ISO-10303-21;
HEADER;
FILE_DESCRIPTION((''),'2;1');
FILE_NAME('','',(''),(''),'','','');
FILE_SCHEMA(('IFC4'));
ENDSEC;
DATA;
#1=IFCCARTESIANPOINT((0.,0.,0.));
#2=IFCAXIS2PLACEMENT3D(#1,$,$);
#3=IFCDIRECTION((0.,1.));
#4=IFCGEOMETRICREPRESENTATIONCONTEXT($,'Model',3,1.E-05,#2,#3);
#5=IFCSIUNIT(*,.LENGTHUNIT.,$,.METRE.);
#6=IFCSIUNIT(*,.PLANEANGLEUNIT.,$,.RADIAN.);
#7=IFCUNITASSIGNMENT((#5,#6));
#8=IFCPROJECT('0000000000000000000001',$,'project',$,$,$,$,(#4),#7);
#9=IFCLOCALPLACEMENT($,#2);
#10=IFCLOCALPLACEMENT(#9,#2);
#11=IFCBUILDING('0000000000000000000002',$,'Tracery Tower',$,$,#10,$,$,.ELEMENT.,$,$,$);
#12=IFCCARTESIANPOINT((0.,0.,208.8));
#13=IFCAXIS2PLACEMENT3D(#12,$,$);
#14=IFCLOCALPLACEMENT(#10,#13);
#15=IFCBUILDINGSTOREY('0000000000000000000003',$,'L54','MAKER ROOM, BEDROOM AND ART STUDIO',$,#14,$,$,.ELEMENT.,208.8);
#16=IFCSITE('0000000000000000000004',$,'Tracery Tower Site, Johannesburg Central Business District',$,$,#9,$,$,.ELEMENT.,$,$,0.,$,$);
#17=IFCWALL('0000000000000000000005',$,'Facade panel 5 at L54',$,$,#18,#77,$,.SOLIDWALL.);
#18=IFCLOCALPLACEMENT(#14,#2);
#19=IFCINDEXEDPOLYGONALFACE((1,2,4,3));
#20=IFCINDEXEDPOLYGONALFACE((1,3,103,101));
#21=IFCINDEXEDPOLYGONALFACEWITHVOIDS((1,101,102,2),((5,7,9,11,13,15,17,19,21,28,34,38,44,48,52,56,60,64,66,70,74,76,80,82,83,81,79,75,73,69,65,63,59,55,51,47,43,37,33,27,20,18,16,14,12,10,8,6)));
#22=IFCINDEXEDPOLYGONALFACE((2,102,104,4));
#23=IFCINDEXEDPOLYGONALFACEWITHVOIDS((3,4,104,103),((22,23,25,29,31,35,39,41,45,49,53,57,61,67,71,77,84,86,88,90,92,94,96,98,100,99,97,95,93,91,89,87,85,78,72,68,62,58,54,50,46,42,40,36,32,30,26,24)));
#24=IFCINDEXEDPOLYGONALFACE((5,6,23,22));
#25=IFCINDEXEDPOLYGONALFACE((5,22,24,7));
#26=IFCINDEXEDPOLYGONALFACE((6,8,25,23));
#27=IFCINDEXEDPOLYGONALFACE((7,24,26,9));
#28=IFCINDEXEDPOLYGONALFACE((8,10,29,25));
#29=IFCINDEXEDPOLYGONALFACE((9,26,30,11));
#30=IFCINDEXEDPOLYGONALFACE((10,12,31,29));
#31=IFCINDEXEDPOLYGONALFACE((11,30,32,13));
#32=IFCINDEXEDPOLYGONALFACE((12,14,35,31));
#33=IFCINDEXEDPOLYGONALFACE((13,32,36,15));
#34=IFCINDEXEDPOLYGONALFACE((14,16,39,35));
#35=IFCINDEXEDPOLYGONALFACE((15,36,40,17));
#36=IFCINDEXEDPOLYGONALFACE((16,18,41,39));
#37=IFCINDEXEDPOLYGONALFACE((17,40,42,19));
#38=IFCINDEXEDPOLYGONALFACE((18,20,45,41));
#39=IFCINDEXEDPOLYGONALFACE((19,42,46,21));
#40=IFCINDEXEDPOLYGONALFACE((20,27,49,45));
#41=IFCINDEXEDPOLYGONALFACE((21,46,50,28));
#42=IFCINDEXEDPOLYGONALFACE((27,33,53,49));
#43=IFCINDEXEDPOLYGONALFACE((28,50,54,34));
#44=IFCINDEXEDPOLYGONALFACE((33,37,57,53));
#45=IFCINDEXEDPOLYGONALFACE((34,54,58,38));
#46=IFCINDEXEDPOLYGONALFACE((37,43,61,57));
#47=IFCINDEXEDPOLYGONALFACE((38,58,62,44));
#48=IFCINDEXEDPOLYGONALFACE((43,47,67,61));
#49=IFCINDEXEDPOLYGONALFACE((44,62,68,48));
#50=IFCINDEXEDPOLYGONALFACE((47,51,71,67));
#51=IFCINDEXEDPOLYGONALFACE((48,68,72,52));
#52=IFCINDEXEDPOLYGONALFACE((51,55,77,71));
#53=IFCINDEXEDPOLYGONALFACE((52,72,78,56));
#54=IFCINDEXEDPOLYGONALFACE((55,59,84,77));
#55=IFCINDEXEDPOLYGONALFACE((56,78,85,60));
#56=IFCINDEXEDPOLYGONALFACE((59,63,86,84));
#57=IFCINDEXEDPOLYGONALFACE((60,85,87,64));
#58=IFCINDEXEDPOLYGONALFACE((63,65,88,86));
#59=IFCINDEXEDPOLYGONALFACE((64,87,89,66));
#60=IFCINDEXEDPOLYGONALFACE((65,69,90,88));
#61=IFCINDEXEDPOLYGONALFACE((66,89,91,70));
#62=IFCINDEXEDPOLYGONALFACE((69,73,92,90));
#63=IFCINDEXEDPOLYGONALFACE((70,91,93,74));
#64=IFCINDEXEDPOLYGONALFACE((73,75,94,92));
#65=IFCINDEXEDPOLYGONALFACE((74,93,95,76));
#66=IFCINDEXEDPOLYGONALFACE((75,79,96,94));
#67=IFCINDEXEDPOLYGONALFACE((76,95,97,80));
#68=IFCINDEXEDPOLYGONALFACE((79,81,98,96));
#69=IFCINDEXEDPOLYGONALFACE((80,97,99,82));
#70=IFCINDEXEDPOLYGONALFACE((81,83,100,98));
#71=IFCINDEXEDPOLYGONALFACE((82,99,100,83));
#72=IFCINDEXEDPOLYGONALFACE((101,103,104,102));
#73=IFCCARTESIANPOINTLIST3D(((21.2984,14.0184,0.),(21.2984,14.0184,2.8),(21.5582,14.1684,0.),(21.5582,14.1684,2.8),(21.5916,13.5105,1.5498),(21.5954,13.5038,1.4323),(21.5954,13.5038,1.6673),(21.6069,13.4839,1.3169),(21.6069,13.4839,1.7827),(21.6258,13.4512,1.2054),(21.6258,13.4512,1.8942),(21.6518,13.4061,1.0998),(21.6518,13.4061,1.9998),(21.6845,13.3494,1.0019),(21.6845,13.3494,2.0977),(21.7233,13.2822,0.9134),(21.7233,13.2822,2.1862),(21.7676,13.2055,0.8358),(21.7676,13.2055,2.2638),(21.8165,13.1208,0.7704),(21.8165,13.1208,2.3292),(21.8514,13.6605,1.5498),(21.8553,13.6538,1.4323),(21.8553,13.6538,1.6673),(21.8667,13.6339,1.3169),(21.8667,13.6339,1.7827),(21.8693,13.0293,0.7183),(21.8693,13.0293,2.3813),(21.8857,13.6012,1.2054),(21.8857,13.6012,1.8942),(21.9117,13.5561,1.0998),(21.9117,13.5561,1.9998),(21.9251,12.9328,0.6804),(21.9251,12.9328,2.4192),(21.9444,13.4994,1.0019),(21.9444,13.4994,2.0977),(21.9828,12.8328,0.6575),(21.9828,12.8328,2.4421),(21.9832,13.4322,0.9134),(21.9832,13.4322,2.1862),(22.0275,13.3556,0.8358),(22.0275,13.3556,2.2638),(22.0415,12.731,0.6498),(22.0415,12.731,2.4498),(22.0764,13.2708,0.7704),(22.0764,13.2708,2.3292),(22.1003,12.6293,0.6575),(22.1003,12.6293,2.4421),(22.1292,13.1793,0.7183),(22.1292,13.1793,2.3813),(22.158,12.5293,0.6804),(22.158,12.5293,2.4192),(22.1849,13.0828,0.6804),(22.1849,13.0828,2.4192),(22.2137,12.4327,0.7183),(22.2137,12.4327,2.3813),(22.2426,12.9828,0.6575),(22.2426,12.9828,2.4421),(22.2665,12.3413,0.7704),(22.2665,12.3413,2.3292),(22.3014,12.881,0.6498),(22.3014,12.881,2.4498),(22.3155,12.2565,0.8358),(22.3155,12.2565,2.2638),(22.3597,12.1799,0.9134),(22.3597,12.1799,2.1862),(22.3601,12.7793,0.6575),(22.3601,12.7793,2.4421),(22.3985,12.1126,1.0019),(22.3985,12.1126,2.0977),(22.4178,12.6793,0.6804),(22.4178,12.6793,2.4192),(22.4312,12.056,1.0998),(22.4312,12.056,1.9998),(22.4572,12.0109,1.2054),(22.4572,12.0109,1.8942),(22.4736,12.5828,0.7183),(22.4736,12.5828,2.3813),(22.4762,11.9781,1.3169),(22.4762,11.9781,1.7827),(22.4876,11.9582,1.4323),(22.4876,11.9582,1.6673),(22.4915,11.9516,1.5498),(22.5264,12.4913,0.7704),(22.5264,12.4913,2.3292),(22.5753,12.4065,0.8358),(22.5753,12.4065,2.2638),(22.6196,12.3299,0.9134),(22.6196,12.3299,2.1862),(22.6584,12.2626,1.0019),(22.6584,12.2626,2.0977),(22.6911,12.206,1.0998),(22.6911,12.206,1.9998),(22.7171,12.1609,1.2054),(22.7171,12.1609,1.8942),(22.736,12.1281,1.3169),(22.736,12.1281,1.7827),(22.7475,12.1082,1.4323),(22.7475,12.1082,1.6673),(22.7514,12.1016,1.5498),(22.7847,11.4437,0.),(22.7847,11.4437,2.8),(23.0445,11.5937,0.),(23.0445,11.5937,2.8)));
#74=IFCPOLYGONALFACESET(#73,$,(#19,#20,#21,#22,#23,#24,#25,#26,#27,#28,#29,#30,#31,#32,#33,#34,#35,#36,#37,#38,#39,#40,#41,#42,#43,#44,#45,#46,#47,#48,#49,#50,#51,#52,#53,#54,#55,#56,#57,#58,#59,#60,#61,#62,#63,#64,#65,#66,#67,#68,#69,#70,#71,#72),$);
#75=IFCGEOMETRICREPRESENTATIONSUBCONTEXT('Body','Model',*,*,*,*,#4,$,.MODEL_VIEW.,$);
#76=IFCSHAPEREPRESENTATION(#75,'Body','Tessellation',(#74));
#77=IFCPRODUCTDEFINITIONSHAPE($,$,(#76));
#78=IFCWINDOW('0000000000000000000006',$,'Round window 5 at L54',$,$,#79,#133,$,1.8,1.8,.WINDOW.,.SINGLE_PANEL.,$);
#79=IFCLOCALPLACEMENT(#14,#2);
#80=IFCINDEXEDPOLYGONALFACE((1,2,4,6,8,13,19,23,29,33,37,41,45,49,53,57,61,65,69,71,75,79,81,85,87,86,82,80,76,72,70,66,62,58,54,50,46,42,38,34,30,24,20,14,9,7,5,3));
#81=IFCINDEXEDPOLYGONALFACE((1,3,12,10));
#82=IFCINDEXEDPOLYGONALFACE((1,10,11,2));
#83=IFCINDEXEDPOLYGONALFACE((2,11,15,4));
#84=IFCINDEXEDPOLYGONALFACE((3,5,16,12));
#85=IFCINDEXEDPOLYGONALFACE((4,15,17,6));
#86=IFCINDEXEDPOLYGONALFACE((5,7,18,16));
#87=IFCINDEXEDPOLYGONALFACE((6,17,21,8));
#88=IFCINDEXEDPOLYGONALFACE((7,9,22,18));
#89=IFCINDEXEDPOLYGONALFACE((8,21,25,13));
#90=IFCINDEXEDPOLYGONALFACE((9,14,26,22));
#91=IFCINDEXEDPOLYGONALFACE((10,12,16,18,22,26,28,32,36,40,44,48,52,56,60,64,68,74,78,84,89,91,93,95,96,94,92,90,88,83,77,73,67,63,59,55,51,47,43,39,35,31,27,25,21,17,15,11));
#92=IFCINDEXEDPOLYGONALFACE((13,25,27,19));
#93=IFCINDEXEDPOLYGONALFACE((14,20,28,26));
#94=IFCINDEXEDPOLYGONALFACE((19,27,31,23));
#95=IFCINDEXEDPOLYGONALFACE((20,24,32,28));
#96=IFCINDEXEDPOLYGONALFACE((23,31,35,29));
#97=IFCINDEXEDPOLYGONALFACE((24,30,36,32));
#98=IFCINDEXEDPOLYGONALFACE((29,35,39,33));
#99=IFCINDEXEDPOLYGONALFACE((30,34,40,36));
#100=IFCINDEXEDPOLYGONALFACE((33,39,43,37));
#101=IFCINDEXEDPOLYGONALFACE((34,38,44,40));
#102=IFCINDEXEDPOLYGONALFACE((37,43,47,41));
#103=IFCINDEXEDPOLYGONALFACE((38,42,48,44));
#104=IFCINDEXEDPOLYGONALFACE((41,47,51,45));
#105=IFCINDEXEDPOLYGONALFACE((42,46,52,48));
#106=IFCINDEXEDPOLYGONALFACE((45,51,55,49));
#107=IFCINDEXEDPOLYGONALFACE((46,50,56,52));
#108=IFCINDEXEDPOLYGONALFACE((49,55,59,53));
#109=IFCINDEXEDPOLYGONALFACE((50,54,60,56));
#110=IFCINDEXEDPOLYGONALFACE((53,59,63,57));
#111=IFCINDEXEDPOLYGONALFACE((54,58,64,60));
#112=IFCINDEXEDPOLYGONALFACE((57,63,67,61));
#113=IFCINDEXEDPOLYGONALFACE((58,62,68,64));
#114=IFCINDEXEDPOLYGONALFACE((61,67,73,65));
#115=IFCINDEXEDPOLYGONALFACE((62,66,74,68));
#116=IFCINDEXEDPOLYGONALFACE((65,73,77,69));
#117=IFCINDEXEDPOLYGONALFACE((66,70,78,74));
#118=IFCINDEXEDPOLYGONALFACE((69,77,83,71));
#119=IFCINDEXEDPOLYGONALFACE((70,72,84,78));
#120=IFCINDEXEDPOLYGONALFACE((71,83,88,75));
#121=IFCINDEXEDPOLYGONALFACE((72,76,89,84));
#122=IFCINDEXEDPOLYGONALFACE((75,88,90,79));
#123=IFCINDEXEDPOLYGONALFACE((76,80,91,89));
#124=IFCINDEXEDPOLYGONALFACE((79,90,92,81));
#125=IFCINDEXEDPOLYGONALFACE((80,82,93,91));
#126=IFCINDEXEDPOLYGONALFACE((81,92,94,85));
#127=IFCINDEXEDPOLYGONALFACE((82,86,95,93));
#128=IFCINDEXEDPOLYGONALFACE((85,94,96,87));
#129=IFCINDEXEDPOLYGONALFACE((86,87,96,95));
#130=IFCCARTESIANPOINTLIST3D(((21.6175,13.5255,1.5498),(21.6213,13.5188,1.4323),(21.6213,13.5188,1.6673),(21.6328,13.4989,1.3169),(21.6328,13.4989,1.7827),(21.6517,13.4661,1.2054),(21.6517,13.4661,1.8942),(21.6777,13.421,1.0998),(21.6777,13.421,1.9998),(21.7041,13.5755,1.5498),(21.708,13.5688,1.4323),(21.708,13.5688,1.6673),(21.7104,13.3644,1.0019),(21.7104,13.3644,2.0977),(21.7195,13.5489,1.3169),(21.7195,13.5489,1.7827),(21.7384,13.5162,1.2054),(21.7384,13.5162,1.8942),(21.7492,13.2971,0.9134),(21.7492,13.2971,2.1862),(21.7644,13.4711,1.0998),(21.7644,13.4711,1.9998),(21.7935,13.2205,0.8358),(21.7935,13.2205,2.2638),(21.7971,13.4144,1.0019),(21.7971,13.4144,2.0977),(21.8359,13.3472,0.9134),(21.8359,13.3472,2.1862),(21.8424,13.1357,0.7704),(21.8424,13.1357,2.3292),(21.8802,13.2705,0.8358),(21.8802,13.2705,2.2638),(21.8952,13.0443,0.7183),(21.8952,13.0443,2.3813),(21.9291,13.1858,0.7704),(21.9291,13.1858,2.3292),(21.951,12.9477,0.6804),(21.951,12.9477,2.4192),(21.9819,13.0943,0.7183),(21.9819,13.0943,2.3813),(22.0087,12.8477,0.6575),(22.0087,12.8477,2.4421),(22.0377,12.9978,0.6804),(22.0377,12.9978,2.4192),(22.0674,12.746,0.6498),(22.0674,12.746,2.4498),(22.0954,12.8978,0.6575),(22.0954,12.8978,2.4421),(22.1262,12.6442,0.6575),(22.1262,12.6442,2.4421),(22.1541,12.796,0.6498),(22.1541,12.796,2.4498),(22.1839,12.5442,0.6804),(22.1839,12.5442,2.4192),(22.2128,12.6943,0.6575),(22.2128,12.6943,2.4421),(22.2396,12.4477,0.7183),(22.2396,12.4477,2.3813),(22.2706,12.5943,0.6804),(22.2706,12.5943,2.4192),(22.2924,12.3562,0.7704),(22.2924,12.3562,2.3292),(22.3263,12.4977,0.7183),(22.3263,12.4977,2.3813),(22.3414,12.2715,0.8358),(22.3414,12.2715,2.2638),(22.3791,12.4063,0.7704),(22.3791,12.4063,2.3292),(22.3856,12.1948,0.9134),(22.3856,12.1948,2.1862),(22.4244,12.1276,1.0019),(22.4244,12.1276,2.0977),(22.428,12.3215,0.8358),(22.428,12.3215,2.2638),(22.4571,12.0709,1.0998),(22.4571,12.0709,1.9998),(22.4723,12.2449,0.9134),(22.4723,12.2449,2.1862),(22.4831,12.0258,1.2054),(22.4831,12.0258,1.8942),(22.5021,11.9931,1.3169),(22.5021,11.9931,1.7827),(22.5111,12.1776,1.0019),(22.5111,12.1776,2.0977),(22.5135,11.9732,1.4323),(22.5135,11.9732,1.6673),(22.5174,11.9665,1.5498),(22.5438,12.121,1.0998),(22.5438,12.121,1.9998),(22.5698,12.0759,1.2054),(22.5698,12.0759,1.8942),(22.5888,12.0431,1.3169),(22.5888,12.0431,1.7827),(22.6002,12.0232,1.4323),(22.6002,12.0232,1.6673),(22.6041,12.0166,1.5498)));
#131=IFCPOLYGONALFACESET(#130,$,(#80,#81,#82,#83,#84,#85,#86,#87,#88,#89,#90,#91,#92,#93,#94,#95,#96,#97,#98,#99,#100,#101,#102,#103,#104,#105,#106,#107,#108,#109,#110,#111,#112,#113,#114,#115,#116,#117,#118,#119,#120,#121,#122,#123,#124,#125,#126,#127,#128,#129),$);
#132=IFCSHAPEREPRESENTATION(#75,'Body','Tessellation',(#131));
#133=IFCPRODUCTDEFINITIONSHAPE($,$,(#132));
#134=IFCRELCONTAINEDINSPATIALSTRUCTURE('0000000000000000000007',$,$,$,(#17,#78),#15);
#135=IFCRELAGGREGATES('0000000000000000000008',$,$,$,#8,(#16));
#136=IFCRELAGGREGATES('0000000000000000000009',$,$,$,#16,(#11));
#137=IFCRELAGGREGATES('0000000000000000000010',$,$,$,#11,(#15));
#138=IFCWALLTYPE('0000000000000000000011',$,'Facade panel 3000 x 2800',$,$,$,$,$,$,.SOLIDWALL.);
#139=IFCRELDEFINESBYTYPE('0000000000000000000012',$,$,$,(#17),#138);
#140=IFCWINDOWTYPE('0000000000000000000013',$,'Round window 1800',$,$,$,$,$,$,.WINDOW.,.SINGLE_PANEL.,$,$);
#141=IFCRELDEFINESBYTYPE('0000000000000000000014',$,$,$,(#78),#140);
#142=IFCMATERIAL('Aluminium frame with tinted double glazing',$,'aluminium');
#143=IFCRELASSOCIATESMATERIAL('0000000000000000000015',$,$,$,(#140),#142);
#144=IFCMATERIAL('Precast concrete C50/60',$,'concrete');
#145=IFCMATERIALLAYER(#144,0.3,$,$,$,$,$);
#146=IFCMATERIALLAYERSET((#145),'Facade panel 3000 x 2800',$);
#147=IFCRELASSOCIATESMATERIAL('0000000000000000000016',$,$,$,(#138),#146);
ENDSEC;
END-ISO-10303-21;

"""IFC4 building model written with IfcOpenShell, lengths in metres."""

from ifc_helpers import new_model, si_unit, direction, frame, frame_2d, origin, origin_2d, place, context, subcontext, project, spatial, rectangle, circle, extrude, material, layer, layer_set, type_object, element, fill, save


model = new_model("IFC4")

# Units and contexts
model_context = context("Model", 3, precision=1e-05, world=origin(), true_north=direction((0.0, 1.0)))
body_context = subcontext(model_context, "Body", "Model", "MODEL_VIEW")
ifc_project = project(units=[si_unit("LENGTHUNIT", "METRE"), si_unit("PLANEANGLEUNIT", "RADIAN")], contexts=[model_context])

# Site, building, storey
site_placement = place(None, origin())
site = spatial("IfcSite", under=ifc_project, at=site_placement, Name="Tracery Tower Site, Johannesburg Central Business District", CompositionType="ELEMENT", RefElevation=0.0)
building_placement = place(site_placement, origin())
building = spatial("IfcBuilding", under=site, at=building_placement, Name="Tracery Tower", CompositionType="ELEMENT")
storey_placement = place(building_placement, frame((0.0, 0.0, 208.8)))
storey = spatial("IfcBuildingStorey", under=building, at=storey_placement, Name="L54", Description="MAKER ROOM, BEDROOM AND ART STUDIO", CompositionType="ELEMENT", Elevation=208.8)

# Wall, opening, window
ifc_material_1 = material(Name="Aluminium frame with tinted double glazing", Category="aluminium")
window_type = type_object("IfcWindowType", Name="Round window 1800", PartitioningType="SINGLE_PANEL", PredefinedType="WINDOW", material=ifc_material_1)
ifc_material_2 = material(Name="Precast concrete C50/60", Category="concrete")
ifc_layer_1 = layer(ifc_material_2, 0.3)
ifc_layer_set_1 = layer_set([ifc_layer_1], Name="Facade panel 3000 x 2800")
wall_type_1 = type_object("IfcWallType", Name="Facade panel 3000 x 2800", PredefinedType="SOLIDWALL", material=ifc_layer_set_1)
wall_1_placement = place(storey_placement, frame((22.9146, 11.5188, 0.0), z_axis=(0.0, 0.0, 1.0), x_axis=(-0.499955, 0.866052, 0.0)))
wall_1 = element("IfcWall", 1, at=wall_1_placement, inside=storey, type_object=wall_type_1, Name="Facade panel 5 at L54", PredefinedType="SOLIDWALL", context=body_context, shape_type="SweptSolid", body=[
    extrude(rectangle(XDim=2.9729, YDim=0.3, at=frame_2d((1.4863, 0.0))), origin(), (0.0, 0.0, 1.0), 2.8),
])
opening_1_placement = place(wall_1_placement, frame((1.4863, 0.0, 1.5498)))
opening_1 = element("IfcOpeningElement", 2, at=opening_1_placement, cuts=wall_1, PredefinedType="OPENING", context=body_context, shape_type="SweptSolid", body=[
    extrude(circle(Radius=0.9, at=origin_2d()), frame((0.0, 0.1599, 0.0), z_axis=(0.0, -1.0, 0.0), x_axis=(1.0, 0.0, 0.0)), (0.0, 0.0, 1.0), 0.3201),
])
window_1_placement = place(opening_1_placement, origin())
window_1 = element("IfcWindow", 3, at=window_1_placement, inside=storey, type_object=window_type, Name="Round window 5 at L54", OverallHeight=1.8, OverallWidth=1.8, PartitioningType="SINGLE_PANEL", PredefinedType="WINDOW", context=body_context, shape_type="SweptSolid", body=[
    extrude(circle(Radius=0.9, at=origin_2d()), frame((0.0, 0.1201, 0.0), z_axis=(0.0, -1.0, 0.0), x_axis=(1.0, 0.0, 0.0)), (0.0, 0.0, 1.0), 0.1001),
])
fill(opening_1, window_1)

save(model, "model.ifc")
